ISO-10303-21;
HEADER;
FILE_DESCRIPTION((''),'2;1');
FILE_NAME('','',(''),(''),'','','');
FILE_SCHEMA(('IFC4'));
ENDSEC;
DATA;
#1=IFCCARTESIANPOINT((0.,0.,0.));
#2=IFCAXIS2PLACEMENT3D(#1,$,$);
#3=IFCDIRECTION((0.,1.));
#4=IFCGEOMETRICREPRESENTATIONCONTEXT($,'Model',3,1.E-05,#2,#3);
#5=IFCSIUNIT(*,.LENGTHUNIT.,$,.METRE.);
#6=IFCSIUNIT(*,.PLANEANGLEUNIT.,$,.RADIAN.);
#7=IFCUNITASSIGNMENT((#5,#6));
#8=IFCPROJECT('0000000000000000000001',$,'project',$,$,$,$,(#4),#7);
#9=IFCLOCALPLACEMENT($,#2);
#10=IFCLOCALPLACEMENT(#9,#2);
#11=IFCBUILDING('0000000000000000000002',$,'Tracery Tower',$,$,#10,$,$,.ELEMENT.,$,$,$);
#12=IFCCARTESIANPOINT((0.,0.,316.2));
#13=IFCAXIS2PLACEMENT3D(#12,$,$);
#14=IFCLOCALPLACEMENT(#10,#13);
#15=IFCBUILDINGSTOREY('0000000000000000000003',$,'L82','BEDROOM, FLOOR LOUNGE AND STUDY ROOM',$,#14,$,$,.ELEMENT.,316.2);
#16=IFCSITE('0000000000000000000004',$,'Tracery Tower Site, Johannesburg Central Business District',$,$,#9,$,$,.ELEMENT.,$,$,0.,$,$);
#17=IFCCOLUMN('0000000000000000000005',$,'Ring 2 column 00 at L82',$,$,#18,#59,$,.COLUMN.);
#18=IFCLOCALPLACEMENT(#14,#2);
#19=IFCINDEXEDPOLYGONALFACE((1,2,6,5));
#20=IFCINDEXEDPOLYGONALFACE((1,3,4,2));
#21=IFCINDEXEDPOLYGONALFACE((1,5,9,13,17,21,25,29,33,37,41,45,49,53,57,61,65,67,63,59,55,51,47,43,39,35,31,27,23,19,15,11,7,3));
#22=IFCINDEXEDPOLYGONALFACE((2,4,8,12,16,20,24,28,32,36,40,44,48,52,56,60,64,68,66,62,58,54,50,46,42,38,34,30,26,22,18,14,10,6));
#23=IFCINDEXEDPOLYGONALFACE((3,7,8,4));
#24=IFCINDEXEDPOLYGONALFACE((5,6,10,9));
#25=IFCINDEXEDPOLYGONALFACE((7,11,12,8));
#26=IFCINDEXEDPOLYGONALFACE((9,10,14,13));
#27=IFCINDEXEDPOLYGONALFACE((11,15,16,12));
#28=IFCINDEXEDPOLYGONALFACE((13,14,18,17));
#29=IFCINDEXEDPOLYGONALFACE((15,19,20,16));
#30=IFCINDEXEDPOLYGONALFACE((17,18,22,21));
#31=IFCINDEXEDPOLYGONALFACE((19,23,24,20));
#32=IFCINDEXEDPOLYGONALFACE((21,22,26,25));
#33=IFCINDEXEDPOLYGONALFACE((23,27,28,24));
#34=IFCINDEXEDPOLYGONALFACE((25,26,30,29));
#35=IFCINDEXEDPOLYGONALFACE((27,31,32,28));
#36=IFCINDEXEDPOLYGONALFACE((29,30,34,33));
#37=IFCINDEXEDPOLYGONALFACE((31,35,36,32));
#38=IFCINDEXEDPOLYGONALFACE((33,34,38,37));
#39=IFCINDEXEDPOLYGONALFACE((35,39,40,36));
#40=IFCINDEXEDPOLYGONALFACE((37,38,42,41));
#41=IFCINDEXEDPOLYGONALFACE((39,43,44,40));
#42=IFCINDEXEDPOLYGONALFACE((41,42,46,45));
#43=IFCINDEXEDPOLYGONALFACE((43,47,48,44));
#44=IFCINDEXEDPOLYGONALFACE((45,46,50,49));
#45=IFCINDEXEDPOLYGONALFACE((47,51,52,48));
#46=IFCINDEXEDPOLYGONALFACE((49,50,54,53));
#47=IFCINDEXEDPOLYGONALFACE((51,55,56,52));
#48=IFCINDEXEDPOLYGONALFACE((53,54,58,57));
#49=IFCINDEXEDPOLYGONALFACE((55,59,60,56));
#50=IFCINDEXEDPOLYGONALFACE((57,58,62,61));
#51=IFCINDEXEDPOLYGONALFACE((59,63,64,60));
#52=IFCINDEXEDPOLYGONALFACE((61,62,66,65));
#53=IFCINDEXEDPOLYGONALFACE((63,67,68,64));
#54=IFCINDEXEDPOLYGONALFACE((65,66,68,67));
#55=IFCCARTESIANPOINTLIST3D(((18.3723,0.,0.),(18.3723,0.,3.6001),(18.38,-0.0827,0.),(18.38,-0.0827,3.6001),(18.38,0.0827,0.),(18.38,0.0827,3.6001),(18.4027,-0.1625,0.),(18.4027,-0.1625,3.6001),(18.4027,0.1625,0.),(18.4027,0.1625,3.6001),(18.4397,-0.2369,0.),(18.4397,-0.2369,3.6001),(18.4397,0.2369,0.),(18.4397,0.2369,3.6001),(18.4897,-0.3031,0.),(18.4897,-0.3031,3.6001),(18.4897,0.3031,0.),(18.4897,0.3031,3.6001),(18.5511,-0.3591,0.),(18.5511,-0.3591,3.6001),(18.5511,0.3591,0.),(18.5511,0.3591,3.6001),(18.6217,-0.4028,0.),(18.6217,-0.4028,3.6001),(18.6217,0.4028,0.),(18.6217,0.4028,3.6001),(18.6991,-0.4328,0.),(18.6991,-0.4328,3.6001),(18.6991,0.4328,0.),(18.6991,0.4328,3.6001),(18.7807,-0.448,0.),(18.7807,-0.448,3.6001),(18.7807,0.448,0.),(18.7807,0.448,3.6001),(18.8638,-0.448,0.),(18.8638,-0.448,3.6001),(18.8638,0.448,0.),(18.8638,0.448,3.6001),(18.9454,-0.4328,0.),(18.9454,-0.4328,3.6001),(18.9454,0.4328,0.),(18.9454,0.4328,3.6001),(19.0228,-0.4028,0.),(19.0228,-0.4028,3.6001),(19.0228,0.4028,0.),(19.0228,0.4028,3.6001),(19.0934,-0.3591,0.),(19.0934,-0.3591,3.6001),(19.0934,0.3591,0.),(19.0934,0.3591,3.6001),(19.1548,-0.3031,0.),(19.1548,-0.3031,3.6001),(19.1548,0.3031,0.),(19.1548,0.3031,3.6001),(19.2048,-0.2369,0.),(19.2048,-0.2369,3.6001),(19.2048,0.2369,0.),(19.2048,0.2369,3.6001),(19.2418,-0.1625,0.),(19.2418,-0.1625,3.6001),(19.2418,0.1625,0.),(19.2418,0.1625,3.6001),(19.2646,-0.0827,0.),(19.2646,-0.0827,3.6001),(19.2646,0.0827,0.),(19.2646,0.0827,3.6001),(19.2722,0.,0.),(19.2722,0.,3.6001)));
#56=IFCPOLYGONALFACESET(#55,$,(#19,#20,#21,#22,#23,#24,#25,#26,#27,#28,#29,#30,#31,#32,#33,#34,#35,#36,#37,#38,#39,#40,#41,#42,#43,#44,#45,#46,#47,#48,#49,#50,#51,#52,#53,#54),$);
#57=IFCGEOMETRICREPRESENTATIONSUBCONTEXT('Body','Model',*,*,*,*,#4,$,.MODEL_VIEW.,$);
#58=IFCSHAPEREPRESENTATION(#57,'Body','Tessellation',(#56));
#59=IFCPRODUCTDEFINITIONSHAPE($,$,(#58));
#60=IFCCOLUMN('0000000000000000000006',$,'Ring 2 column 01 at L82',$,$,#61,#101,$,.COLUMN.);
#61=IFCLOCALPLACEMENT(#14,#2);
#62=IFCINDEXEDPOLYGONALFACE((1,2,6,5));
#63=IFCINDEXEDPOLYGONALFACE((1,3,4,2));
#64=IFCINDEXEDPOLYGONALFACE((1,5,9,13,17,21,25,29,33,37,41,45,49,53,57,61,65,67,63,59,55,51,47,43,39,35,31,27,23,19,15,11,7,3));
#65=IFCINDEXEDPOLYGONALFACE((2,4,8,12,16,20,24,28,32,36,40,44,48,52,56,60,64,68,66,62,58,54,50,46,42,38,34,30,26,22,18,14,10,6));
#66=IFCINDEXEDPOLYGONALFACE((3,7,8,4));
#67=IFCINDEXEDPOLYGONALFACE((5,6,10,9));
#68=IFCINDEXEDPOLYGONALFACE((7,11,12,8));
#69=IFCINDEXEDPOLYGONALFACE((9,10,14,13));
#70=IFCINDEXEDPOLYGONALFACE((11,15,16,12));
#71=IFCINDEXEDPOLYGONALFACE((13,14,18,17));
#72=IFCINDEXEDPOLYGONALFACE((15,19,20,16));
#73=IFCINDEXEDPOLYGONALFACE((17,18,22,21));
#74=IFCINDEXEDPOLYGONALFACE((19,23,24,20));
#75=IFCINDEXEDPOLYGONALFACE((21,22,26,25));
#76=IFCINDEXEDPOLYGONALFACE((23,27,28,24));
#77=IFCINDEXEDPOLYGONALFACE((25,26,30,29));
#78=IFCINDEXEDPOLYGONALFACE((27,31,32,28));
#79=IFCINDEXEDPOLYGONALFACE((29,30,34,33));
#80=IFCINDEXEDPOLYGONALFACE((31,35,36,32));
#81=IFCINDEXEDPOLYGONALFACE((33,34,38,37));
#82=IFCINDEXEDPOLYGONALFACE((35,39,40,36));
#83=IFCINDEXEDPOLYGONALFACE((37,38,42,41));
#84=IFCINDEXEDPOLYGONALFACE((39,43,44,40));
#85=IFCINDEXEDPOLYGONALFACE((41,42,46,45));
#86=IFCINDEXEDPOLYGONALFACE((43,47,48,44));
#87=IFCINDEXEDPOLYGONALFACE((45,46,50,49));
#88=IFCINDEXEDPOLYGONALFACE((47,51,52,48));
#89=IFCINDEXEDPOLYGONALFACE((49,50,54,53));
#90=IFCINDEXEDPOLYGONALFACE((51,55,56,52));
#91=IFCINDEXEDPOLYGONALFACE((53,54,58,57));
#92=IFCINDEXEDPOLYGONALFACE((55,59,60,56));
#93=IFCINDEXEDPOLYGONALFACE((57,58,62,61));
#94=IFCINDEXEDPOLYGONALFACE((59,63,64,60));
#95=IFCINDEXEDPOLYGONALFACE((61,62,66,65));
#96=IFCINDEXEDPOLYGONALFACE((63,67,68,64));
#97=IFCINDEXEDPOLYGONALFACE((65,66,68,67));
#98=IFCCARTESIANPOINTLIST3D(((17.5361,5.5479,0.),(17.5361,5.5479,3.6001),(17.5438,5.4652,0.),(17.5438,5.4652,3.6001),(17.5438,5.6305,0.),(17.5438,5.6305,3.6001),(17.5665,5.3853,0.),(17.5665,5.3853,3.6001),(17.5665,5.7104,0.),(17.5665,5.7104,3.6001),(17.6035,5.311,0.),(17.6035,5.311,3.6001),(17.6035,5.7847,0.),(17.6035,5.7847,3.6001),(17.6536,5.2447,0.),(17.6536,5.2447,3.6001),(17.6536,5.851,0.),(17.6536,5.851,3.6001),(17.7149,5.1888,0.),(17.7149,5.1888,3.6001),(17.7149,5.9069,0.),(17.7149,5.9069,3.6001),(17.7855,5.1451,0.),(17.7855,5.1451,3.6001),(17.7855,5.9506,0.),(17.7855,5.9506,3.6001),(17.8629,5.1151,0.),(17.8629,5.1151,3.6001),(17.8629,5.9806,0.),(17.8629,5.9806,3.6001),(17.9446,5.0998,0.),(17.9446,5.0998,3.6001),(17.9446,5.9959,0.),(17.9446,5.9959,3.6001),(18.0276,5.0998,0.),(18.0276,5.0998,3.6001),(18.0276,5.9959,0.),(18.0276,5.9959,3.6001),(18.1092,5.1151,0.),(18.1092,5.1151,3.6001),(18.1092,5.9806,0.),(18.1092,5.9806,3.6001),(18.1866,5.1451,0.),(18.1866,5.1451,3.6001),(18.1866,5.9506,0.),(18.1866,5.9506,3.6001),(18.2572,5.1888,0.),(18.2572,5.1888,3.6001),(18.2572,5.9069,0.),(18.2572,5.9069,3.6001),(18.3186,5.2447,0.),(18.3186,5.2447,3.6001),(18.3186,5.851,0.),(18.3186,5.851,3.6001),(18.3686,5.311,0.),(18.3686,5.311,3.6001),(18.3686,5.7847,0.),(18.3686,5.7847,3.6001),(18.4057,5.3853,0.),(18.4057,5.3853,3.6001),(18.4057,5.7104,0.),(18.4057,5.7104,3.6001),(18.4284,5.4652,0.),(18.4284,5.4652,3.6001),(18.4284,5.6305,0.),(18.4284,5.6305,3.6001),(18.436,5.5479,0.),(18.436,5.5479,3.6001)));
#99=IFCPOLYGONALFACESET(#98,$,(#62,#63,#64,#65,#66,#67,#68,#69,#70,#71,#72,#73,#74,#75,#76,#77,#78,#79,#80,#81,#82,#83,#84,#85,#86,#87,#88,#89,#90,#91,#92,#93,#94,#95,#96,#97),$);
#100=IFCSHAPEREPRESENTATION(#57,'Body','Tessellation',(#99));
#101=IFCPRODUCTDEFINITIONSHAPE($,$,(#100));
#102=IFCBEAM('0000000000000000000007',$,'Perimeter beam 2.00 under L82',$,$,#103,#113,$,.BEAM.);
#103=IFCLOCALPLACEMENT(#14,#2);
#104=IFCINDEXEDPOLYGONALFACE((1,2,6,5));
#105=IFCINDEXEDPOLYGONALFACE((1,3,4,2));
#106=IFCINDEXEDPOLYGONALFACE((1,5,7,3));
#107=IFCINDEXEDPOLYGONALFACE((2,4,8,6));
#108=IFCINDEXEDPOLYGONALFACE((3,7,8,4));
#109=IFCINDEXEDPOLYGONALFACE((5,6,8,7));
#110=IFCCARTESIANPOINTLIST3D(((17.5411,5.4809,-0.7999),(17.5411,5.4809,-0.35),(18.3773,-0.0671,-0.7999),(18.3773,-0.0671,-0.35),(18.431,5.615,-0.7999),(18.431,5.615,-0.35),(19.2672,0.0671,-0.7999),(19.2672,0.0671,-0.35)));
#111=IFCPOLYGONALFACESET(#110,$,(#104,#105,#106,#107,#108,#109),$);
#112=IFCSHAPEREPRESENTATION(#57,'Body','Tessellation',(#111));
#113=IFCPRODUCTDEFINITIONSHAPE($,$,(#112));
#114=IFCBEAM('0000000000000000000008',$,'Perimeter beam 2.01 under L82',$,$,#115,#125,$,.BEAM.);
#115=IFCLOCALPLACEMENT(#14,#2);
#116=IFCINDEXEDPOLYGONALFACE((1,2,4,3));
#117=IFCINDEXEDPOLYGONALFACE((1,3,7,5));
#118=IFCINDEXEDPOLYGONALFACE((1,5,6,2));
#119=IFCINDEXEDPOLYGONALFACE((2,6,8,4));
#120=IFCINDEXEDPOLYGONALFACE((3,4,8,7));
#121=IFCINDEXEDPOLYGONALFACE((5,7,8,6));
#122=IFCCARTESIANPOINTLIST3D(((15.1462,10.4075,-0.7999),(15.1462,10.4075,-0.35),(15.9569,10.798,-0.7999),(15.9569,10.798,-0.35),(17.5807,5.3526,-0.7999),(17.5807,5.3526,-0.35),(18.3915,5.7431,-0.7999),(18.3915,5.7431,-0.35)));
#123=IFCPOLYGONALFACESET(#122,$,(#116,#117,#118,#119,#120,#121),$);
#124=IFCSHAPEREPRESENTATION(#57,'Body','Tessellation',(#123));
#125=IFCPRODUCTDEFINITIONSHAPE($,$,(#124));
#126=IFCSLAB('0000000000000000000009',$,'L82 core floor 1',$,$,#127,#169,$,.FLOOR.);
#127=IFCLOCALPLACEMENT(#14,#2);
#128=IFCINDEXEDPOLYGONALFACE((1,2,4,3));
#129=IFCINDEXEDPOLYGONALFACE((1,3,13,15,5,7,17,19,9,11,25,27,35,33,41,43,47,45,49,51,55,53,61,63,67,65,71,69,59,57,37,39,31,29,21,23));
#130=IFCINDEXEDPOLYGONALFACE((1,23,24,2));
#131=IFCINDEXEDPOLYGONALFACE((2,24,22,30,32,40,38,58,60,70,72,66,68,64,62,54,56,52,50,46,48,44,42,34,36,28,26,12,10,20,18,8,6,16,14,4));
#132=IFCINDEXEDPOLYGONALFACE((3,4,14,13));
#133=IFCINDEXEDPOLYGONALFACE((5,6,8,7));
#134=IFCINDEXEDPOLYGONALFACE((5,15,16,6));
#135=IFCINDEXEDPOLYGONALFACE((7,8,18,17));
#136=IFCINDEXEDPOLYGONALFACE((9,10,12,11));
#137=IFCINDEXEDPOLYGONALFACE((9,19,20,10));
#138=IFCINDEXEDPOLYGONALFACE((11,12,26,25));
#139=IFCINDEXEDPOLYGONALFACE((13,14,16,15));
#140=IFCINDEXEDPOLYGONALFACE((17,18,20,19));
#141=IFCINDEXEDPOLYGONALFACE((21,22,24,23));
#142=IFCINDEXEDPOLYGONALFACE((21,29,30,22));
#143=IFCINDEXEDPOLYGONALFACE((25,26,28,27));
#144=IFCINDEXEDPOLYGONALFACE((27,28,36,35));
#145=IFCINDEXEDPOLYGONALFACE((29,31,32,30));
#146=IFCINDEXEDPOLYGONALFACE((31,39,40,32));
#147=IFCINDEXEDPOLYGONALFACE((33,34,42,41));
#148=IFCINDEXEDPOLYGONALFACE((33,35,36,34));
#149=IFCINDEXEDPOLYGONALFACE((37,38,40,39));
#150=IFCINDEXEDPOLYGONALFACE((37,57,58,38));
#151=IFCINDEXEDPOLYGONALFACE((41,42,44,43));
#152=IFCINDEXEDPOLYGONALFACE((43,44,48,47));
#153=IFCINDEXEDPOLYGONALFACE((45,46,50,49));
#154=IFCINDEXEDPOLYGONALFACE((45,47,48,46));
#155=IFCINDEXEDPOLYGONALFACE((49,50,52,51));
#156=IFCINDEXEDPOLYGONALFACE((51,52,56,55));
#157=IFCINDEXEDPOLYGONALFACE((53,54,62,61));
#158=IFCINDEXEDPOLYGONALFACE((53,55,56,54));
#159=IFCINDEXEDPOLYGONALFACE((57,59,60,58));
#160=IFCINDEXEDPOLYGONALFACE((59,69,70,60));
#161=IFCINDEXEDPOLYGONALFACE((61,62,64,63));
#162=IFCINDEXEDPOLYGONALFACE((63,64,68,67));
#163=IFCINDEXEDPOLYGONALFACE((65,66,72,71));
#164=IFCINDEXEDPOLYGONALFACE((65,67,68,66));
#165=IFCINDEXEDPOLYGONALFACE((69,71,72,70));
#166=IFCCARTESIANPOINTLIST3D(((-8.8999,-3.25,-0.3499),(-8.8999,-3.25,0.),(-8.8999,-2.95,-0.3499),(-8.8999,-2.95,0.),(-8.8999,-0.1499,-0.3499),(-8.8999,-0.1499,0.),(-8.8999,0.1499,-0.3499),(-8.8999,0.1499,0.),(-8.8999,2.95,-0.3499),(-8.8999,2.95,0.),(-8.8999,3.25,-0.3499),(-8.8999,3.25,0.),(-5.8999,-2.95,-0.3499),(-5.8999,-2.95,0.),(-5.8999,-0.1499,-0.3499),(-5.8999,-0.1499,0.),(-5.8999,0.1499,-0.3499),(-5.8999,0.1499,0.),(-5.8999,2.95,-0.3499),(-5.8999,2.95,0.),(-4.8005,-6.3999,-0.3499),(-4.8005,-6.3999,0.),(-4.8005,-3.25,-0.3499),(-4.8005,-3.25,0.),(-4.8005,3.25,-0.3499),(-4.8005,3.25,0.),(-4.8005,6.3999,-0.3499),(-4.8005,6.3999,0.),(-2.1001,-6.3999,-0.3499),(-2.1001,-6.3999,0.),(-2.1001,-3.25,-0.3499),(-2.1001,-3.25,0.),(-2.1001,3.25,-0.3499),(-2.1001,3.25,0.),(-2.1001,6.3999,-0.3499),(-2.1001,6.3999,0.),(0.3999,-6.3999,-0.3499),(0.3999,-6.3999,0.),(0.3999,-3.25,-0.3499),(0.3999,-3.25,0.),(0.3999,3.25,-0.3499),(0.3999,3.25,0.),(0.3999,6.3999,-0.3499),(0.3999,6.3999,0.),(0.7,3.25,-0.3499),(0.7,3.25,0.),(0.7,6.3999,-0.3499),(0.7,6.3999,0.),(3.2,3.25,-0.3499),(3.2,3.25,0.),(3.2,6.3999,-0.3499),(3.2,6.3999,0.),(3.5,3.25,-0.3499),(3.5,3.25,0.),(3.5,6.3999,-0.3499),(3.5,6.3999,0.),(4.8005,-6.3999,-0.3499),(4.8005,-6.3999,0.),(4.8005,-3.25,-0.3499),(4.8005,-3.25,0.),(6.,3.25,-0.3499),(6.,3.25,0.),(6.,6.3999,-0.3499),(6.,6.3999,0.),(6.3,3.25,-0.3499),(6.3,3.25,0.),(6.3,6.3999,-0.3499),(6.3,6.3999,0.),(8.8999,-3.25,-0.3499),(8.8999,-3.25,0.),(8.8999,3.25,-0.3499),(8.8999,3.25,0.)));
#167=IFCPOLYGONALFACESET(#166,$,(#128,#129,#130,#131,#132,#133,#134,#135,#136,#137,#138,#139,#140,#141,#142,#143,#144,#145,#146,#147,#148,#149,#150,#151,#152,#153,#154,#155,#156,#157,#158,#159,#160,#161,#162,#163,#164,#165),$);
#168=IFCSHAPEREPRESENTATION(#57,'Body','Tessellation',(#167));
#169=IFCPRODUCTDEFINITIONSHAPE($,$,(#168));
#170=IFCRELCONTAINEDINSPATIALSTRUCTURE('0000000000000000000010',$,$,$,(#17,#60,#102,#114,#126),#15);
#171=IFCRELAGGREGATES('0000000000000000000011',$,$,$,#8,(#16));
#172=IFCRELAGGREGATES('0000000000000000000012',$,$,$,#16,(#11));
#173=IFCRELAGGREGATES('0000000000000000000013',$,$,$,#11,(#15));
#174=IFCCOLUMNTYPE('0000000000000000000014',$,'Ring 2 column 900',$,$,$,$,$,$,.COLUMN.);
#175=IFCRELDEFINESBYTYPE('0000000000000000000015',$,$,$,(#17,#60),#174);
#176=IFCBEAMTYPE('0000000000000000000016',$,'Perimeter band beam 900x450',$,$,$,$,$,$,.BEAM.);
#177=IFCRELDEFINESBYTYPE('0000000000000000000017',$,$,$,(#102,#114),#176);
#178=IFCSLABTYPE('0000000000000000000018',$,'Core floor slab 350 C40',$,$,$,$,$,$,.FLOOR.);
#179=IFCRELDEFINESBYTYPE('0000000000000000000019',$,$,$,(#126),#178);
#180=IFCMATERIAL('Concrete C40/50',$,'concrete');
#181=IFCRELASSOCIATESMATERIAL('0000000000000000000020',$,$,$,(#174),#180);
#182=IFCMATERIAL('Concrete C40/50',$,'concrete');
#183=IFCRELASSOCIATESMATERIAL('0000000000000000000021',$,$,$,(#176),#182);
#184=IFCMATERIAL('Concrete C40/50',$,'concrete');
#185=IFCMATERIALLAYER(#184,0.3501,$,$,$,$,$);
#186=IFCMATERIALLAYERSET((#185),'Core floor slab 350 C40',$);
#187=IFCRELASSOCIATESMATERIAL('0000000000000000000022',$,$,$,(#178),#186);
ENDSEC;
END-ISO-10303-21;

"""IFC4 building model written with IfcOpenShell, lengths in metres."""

from ifc_helpers import new_model, si_unit, direction, frame, origin, origin_2d, place, context, subcontext, project, spatial, polyline, rectangle, circle, outline, extrude, material, layer, layer_set, material_profile, profile_set, type_object, element, save


model = new_model("IFC4")

# Units and contexts
model_context = context("Model", 3, precision=1e-05, world=origin(), true_north=direction((0.0, 1.0)))
body_context = subcontext(model_context, "Body", "Model", "MODEL_VIEW")
ifc_project = project(units=[si_unit("LENGTHUNIT", "METRE"), si_unit("PLANEANGLEUNIT", "RADIAN")], contexts=[model_context])

# Site, building, storey
site_placement = place(None, origin())
site = spatial("IfcSite", under=ifc_project, at=site_placement, Name="Tracery Tower Site, Johannesburg Central Business District", CompositionType="ELEMENT", RefElevation=0.0)
building_placement = place(site_placement, origin())
building = spatial("IfcBuilding", under=site, at=building_placement, Name="Tracery Tower", CompositionType="ELEMENT")
storey_placement = place(building_placement, frame((0.0, 0.0, 316.2)))
storey = spatial("IfcBuildingStorey", under=building, at=storey_placement, Name="L82", Description="BEDROOM, FLOOR LOUNGE AND STUDY ROOM", CompositionType="ELEMENT", Elevation=316.2)

# Columns
ifc_material_1 = material(Name="Concrete C40/50", Category="concrete")
ifc_material_profile_1 = material_profile(ifc_material_1, circle(Radius=0.45, at=origin_2d()), Name="RC D900")
ifc_profile_set_1 = profile_set([ifc_material_profile_1], Name="Concrete C40/50")
column_type = type_object("IfcColumnType", Name="Ring 2 column 900", PredefinedType="COLUMN", material=ifc_profile_set_1)
for number, where, z_axis, x_axis, name in (
    (1, (18.8223, 0.0, 0.0), (0.0, 0.0, 1.0), (1.0, 0.0, 0.0), "Ring 2 column 00 at L82"),
    (2, (17.9861, 5.5479, 0.0), (0.0, 0.0, 1.0), (1.0, 0.0, 0.0), "Ring 2 column 01 at L82"),
):
    element("IfcColumn", number, at=place(storey_placement, frame(where, z_axis=z_axis, x_axis=x_axis)), inside=storey, type_object=column_type, Name=name, PredefinedType="COLUMN", context=body_context, shape_type="SweptSolid", body=[
        extrude(circle(Radius=0.45, at=origin_2d()), origin(), (0.0, 0.0, 1.0), 3.6001),
    ])

# Beams
ifc_material_2 = material(Name="Concrete C40/50", Category="concrete")
ifc_material_profile_2 = material_profile(ifc_material_2, rectangle(XDim=0.8999, YDim=0.45, at=origin_2d()), Name="RC 900x450")
ifc_profile_set_2 = profile_set([ifc_material_profile_2], Name="Concrete C40/50")
beam_type = type_object("IfcBeamType", Name="Perimeter band beam 900x450", PredefinedType="BEAM", material=ifc_profile_set_2)
for number, where, z_axis, x_axis, name in (
    (3, (18.8223, 0.0, -0.575), (-0.149038, 0.988831, 0.0), (-0.988831, -0.149038, 0.0), "Perimeter beam 2.00 under L82"),
    (4, (17.9861, 5.5479, -0.575), (-0.433919, 0.900952, 0.0), (-0.900952, -0.433919, 0.0), "Perimeter beam 2.01 under L82"),
):
    element("IfcBeam", number, at=place(storey_placement, frame(where, z_axis=z_axis, x_axis=x_axis)), inside=storey, type_object=beam_type, Name=name, PredefinedType="BEAM", context=body_context, shape_type="SweptSolid", body=[
        extrude(rectangle(XDim=0.8999, YDim=0.45, at=origin_2d()), origin(), (0.0, 0.0, 1.0), 5.6106),
    ])

# Slab
ifc_material_3 = material(Name="Concrete C40/50", Category="concrete")
ifc_layer_1 = layer(ifc_material_3, 0.3501)
ifc_layer_set_1 = layer_set([ifc_layer_1], Name="Core floor slab 350 C40")
slab_type_1 = type_object("IfcSlabType", Name="Core floor slab 350 C40", PredefinedType="FLOOR", material=ifc_layer_set_1)
slab_1_placement = place(storey_placement, frame((0.0, 0.0, -0.3499)))
element("IfcSlab", 5, at=slab_1_placement, inside=storey, type_object=slab_type_1, Name="L82 core floor 1", PredefinedType="FLOOR", context=body_context, shape_type="SweptSolid", body=[
    extrude(outline(polyline([(-4.8005, -3.25), (-8.8999, -3.25), (-8.8999, -2.95), (-5.8999, -2.95), (-5.8999, -0.1499), (-8.8999, -0.1499), (-8.8999, 0.1499), (-5.8999, 0.1499), (-5.8999, 2.95), (-8.8999, 2.95), (-8.8999, 3.25), (-4.8005, 3.25), (-4.8005, 6.3999), (-2.1001, 6.3999), (-2.1001, 3.25), (0.3999, 3.25), (0.3999, 6.3999), (0.7, 6.3999), (0.7, 3.25), (3.2, 3.25), (3.2, 6.3999), (3.5, 6.3999), (3.5, 3.25), (6.0, 3.25), (6.0, 6.3999), (6.3, 6.3999), (6.3, 3.25), (8.8999, 3.25), (8.8999, -3.25), (4.8005, -3.25), (4.8005, -6.3999), (0.3999, -6.3999), (0.3999, -3.25), (-2.1001, -3.25), (-2.1001, -6.3999), (-4.8005, -6.3999), (-4.8005, -3.25)])), origin(), (0.0, 0.0, 1.0), 0.3499),
])

save(model, "model.ifc")
